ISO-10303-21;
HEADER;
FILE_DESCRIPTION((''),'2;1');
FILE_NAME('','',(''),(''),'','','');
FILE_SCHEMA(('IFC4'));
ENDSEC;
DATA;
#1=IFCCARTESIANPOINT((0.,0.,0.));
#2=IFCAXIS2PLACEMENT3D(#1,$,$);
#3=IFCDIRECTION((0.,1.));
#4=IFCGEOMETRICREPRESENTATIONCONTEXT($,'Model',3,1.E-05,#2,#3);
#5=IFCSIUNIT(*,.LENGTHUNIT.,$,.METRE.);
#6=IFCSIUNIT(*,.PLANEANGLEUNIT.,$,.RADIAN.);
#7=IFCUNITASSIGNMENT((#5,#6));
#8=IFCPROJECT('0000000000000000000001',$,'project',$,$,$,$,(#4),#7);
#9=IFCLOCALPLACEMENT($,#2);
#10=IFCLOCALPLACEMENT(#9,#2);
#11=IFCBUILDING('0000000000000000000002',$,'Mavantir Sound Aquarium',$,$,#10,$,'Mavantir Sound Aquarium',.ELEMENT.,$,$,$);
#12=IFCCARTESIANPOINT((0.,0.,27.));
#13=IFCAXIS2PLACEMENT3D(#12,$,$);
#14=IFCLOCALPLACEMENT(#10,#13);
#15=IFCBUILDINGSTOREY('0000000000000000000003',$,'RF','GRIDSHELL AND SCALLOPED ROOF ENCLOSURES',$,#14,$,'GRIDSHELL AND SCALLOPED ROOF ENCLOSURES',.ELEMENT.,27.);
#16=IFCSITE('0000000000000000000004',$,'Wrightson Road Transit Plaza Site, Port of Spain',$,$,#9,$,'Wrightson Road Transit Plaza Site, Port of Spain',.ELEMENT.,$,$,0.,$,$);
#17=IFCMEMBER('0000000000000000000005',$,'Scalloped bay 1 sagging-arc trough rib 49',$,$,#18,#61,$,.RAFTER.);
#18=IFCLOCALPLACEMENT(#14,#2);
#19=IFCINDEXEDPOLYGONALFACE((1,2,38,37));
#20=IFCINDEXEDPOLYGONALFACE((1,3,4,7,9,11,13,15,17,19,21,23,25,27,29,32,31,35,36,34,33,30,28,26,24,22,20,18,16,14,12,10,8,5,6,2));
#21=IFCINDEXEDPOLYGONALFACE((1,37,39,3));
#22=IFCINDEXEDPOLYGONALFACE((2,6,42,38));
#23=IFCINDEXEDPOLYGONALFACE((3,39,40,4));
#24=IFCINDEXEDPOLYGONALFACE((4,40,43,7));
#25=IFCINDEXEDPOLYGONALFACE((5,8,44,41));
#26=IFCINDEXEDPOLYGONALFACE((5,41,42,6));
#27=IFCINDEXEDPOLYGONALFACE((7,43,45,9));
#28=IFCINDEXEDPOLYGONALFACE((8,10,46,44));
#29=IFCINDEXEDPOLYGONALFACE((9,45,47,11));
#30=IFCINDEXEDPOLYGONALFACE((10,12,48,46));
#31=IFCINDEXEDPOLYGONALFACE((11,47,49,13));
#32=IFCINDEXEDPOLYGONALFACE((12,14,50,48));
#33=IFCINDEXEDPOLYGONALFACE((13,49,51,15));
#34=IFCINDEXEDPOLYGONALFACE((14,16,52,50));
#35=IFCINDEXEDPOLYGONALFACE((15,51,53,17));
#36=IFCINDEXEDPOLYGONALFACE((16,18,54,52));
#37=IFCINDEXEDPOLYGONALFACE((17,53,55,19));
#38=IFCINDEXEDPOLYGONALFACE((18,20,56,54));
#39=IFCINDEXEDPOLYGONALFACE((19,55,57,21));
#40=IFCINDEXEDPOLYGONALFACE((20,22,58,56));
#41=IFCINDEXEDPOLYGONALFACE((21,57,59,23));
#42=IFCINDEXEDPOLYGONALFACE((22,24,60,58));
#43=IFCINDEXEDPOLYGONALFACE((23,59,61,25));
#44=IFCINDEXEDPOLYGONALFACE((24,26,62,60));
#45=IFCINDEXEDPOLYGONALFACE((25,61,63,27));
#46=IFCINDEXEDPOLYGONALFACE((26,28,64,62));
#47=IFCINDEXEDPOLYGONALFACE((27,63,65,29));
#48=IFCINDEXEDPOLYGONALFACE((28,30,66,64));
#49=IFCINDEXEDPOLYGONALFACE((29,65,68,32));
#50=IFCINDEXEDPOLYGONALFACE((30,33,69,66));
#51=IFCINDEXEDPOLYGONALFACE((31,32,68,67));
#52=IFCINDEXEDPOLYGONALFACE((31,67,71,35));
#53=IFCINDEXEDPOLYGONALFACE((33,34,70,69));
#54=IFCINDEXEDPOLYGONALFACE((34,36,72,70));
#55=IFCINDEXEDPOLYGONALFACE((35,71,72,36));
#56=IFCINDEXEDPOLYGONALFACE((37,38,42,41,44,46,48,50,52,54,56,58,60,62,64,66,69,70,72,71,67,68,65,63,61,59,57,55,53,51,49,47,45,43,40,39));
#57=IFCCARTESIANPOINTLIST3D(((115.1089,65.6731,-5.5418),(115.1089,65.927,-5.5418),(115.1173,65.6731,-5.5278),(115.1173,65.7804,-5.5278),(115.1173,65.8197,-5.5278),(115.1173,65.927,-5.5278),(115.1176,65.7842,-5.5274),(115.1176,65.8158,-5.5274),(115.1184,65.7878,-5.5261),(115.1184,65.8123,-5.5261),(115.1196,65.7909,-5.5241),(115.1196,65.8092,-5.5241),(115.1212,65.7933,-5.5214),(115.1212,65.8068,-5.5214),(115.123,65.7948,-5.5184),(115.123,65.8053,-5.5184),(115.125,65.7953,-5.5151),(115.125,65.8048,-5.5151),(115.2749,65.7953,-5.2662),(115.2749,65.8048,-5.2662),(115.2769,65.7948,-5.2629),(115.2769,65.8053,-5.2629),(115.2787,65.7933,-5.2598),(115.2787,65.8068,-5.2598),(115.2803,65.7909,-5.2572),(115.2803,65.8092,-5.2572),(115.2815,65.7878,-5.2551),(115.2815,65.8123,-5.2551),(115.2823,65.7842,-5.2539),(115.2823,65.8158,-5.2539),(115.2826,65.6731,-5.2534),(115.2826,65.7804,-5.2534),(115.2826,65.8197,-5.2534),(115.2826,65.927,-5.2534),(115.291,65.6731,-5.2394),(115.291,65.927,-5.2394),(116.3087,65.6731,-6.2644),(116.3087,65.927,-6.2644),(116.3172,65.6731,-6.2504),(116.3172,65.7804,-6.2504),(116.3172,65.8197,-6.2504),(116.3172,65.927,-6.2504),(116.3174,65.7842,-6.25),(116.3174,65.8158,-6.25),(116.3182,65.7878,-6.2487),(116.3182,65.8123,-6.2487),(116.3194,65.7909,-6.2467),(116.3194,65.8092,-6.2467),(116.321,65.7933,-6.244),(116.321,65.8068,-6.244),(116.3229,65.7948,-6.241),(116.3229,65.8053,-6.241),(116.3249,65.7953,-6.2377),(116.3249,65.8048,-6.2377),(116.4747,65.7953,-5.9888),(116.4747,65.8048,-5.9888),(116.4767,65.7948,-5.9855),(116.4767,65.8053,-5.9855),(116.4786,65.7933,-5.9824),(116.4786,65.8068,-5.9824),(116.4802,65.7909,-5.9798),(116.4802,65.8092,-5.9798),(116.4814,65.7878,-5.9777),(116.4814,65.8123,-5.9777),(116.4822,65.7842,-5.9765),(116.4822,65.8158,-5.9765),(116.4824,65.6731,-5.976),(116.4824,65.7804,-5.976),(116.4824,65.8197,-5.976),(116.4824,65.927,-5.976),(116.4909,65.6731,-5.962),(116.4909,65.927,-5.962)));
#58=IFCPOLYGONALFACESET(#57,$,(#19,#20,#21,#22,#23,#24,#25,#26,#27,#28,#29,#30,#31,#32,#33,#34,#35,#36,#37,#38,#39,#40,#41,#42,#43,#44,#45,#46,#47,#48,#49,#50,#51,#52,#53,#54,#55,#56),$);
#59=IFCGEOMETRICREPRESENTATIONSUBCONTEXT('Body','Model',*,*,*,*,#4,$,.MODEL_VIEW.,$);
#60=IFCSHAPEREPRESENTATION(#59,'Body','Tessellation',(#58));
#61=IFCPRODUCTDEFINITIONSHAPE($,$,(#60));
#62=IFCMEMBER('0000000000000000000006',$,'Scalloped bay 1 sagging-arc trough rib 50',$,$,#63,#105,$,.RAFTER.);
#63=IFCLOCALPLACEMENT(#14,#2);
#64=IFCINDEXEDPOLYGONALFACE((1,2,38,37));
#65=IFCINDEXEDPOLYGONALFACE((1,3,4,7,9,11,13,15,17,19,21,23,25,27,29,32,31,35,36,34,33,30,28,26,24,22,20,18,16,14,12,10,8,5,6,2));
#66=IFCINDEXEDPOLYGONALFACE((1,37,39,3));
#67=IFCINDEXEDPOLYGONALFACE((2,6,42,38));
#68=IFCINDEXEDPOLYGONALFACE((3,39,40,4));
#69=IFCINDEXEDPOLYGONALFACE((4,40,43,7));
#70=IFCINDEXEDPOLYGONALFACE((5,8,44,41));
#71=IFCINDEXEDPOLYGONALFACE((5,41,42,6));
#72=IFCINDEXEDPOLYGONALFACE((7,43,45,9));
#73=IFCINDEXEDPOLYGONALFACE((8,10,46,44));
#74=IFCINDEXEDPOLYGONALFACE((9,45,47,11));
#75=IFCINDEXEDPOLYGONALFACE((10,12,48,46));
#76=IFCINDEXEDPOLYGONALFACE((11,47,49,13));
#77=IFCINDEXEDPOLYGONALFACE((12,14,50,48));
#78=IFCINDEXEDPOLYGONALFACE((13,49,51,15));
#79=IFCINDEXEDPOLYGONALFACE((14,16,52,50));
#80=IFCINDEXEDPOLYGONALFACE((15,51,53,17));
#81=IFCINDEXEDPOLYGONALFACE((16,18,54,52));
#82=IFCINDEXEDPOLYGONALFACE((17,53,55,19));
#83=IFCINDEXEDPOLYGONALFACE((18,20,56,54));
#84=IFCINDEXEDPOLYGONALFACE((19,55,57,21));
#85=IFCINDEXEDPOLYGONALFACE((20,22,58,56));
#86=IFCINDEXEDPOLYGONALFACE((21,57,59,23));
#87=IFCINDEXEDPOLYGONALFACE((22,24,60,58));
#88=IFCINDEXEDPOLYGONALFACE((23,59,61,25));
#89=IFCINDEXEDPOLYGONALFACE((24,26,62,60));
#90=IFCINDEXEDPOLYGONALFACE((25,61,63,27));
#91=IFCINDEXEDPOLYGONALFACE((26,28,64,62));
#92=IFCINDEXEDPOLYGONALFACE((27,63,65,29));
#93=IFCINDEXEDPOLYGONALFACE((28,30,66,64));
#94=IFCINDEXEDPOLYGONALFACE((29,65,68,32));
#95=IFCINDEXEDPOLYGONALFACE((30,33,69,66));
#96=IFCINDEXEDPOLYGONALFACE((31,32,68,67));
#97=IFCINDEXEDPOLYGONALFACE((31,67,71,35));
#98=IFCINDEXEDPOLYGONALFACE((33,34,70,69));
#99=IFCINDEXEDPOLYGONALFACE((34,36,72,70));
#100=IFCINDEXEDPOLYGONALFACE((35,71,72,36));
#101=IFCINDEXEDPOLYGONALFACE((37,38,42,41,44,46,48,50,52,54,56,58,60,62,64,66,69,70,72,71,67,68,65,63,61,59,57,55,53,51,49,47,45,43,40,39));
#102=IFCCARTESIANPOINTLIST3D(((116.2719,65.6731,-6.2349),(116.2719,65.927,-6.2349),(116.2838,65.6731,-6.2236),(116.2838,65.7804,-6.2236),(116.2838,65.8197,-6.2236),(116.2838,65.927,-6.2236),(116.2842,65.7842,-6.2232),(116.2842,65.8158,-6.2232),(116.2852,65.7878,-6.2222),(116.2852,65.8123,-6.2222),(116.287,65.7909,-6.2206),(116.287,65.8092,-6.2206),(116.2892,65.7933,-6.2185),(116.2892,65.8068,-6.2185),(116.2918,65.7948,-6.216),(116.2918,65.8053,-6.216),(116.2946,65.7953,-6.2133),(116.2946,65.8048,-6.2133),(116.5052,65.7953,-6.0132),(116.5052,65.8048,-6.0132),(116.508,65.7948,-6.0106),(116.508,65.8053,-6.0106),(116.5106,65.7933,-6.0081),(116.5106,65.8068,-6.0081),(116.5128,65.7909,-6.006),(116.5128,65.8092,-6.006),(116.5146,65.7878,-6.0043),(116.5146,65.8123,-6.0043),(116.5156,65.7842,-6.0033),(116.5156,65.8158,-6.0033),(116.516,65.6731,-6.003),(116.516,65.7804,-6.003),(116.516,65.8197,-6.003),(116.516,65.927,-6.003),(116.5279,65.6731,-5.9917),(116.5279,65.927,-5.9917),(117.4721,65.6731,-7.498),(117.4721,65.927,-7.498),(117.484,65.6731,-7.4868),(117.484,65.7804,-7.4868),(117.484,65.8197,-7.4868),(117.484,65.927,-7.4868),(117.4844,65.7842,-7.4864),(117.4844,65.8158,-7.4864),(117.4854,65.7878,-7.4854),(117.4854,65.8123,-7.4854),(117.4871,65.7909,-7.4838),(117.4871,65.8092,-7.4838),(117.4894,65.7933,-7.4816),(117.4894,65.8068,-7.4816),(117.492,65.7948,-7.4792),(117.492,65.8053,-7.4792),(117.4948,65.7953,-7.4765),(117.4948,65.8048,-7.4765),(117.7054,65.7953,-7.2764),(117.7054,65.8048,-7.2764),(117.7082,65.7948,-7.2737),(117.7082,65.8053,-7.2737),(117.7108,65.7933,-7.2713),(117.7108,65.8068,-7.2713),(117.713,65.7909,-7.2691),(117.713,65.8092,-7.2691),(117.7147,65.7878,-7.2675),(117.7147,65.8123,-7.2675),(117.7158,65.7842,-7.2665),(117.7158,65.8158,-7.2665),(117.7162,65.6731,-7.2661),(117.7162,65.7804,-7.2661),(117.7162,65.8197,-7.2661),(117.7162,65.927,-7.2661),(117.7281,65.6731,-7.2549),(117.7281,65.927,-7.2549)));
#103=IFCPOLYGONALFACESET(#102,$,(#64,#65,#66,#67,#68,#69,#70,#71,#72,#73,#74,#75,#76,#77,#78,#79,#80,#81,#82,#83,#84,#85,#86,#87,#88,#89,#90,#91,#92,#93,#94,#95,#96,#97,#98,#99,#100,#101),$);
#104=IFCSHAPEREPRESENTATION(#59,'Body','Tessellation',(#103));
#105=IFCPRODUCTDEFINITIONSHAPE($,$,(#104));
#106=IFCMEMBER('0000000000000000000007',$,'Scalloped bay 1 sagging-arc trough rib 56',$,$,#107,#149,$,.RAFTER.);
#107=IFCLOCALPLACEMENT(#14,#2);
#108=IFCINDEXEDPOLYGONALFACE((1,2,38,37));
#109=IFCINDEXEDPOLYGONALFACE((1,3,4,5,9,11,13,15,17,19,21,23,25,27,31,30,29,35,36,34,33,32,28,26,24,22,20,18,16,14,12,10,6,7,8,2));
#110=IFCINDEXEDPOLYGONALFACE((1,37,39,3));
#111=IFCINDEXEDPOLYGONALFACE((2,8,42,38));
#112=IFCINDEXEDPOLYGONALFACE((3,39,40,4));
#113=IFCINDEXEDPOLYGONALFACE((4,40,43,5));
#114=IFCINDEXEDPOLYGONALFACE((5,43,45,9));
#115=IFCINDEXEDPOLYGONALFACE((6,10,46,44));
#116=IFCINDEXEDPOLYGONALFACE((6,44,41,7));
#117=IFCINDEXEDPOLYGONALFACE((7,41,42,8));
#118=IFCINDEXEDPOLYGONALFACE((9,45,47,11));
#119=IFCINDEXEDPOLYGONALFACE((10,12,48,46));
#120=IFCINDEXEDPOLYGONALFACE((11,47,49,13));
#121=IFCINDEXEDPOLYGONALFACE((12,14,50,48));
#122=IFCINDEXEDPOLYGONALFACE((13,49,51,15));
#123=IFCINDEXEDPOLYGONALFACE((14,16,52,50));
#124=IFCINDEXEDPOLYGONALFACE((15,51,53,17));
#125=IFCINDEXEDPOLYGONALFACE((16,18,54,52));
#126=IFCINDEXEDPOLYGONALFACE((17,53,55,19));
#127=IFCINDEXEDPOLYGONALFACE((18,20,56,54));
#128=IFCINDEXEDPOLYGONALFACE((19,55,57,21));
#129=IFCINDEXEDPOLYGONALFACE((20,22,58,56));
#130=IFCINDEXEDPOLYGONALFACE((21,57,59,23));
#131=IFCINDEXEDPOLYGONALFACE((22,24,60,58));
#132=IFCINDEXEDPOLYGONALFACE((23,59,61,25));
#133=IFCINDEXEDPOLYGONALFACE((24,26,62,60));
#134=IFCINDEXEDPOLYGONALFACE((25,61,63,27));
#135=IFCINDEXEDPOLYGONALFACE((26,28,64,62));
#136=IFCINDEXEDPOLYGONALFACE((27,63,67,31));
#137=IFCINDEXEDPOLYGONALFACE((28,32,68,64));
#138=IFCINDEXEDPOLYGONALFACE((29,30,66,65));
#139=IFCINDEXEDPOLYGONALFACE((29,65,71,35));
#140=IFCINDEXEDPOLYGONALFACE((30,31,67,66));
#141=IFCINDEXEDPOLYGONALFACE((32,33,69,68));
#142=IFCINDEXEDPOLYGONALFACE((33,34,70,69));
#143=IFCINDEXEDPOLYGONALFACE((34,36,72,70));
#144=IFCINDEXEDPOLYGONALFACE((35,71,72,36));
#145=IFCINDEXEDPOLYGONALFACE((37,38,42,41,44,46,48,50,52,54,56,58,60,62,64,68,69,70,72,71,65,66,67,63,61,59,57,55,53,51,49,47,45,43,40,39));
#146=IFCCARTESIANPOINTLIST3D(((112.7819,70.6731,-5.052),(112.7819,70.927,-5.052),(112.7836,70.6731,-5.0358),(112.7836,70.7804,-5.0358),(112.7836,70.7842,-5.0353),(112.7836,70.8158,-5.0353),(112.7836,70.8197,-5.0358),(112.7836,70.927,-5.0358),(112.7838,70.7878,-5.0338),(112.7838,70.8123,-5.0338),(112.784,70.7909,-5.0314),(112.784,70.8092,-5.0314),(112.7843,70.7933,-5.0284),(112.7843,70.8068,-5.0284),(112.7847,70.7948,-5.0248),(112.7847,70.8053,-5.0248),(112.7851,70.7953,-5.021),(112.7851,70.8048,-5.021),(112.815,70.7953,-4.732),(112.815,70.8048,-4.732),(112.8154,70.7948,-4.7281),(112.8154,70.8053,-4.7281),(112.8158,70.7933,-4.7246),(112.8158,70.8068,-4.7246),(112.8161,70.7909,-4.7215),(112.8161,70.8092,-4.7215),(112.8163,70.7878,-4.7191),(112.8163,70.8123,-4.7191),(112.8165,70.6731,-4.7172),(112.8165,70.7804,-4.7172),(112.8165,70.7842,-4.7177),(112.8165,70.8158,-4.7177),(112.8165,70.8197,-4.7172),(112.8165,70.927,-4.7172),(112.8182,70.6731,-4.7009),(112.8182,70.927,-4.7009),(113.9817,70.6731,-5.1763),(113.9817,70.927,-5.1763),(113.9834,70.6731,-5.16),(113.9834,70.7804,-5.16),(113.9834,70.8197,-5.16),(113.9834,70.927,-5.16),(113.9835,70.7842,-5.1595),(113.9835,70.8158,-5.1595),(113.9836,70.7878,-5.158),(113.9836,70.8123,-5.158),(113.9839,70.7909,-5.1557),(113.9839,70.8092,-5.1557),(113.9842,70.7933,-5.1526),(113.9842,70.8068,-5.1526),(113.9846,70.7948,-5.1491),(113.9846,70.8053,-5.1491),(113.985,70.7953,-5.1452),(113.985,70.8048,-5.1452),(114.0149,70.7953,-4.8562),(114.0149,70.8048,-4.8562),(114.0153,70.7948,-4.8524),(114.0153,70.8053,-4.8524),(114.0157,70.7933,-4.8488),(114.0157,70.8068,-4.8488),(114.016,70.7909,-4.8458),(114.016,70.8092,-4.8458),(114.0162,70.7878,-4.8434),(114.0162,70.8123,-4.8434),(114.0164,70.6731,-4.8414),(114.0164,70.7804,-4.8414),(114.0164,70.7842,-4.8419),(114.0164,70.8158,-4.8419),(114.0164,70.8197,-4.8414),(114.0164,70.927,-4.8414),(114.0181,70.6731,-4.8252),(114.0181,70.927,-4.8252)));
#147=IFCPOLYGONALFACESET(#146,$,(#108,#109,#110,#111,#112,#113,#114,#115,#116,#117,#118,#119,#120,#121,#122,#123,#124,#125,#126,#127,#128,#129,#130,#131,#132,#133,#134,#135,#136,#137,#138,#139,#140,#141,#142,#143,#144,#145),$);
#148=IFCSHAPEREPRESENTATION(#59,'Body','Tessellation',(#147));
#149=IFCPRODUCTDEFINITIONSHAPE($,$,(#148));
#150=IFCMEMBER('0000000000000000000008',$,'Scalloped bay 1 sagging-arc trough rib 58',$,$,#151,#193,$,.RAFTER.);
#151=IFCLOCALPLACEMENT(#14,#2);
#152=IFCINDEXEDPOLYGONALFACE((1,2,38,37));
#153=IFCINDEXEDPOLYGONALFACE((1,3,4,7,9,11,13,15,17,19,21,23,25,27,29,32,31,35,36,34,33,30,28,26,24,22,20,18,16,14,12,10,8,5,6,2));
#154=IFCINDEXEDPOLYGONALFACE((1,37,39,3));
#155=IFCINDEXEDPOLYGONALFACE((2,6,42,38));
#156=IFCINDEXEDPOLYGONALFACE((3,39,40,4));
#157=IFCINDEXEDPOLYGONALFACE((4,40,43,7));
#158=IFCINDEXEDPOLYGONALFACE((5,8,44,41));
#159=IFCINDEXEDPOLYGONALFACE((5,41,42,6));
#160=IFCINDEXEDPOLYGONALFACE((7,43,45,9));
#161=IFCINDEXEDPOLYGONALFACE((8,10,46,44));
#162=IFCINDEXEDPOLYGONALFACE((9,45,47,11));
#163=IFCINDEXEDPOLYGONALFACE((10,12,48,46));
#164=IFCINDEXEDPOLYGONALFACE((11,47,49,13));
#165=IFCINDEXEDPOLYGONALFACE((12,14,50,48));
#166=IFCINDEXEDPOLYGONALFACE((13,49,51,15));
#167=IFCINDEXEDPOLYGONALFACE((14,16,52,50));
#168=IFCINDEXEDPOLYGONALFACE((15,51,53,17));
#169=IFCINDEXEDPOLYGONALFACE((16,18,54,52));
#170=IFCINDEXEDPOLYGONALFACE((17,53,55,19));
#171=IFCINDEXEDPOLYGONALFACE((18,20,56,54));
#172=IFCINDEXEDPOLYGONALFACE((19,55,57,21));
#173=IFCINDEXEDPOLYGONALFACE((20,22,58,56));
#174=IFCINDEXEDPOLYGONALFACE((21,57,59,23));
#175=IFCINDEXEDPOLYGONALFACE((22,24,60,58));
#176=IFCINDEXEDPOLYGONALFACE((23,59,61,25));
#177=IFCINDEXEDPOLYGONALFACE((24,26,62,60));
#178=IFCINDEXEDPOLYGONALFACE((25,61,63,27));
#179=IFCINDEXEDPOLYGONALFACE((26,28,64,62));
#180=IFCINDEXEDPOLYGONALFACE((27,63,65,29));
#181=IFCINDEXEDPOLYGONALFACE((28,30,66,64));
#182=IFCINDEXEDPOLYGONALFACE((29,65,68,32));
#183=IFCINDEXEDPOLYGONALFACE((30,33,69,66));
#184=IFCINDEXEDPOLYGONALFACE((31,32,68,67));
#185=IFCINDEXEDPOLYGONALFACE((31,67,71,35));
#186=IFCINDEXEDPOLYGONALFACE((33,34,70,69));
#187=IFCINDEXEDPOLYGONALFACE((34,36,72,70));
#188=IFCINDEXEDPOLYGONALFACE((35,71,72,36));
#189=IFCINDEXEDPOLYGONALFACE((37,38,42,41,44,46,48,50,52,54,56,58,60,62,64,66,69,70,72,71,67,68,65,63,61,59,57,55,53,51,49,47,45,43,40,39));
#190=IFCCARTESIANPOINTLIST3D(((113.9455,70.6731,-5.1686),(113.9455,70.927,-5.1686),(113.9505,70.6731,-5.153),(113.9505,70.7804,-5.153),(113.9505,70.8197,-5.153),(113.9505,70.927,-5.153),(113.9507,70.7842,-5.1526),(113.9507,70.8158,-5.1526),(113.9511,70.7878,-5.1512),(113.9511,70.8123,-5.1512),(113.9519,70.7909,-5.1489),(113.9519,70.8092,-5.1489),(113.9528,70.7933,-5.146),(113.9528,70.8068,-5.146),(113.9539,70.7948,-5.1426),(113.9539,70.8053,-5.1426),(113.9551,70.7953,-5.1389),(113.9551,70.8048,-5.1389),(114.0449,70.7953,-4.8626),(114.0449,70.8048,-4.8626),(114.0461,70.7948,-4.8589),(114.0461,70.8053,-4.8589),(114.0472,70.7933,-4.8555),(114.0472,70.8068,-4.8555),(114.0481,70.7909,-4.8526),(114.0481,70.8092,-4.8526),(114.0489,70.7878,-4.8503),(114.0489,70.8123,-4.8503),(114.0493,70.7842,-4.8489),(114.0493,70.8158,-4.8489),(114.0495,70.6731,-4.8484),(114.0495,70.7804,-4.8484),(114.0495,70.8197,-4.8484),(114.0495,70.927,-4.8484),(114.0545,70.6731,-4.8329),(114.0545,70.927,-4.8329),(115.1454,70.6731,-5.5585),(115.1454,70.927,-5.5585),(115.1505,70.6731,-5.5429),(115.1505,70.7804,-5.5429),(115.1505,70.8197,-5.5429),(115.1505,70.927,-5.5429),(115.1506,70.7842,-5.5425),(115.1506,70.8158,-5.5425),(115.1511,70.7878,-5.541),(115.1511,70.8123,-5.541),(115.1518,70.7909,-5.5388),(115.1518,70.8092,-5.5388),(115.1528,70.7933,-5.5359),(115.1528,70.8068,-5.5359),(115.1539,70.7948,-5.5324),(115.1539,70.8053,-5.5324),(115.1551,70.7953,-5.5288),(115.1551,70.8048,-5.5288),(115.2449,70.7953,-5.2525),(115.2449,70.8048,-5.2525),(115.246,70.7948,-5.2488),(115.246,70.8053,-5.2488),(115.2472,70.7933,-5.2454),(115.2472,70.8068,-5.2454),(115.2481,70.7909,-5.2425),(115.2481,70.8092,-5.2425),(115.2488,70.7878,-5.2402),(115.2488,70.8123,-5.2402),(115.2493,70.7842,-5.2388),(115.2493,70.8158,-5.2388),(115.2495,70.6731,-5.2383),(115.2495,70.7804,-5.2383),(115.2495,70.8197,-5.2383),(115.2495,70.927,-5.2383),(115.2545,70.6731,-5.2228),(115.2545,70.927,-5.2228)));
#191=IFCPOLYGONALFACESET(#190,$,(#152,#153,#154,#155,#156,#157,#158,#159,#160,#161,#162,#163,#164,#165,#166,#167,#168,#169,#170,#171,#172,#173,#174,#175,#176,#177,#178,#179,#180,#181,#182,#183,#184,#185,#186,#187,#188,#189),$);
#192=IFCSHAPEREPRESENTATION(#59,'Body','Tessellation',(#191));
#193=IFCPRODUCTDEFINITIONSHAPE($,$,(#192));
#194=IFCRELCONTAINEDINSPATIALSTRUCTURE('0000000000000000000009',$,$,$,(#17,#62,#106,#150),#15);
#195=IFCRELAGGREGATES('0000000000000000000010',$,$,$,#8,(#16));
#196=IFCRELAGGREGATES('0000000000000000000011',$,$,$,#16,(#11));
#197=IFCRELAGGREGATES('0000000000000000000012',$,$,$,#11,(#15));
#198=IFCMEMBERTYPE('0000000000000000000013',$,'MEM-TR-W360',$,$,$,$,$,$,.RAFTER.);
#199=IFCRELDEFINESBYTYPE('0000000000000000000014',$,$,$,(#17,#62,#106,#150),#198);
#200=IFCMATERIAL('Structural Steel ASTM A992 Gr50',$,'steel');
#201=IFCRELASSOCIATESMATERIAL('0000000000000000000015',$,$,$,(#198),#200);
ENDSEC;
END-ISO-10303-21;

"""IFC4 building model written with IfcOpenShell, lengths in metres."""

from ifc_helpers import new_model, si_unit, direction, frame, origin, origin_2d, place, context, subcontext, project, spatial, i_section, extrude, material, material_profile, profile_set, type_object, element, save


model = new_model("IFC4")

# Units and contexts
model_context = context("Model", 3, precision=1e-05, world=origin(), true_north=direction((0.0, 1.0)))
body_context = subcontext(model_context, "Body", "Model", "MODEL_VIEW")
ifc_project = project(units=[si_unit("LENGTHUNIT", "METRE"), si_unit("PLANEANGLEUNIT", "RADIAN")], contexts=[model_context])

# Site, building, storey
site_placement = place(None, origin())
site = spatial("IfcSite", under=ifc_project, at=site_placement, Name="Wrightson Road Transit Plaza Site, Port of Spain", LongName="Wrightson Road Transit Plaza Site, Port of Spain", CompositionType="ELEMENT", RefElevation=0.0)
building_placement = place(site_placement, origin())
building = spatial("IfcBuilding", under=site, at=building_placement, Name="Mavantir Sound Aquarium", LongName="Mavantir Sound Aquarium", CompositionType="ELEMENT")
storey_placement = place(building_placement, frame((0.0, 0.0, 27.0)))
storey = spatial("IfcBuildingStorey", under=building, at=storey_placement, Name="RF", Description="GRIDSHELL AND SCALLOPED ROOF ENCLOSURES", LongName="GRIDSHELL AND SCALLOPED ROOF ENCLOSURES", CompositionType="ELEMENT", Elevation=27.0)

# Shared definitions
ifc_material_1 = material(Name="Structural Steel ASTM A992 Gr50", Category="steel")

# Members
ifc_material_profile_1 = material_profile(ifc_material_1, i_section(OverallWidth=0.2539, OverallDepth=0.353, WebThickness=0.0095, FlangeThickness=0.0164, FilletRadius=0.0149, at=origin_2d()), Name="W360X91")
ifc_profile_set_1 = profile_set([ifc_material_profile_1], Name="Structural Steel ASTM A992 Gr50")
member_type_1 = type_object("IfcMemberType", Name="MEM-TR-W360", PredefinedType="RAFTER", material=ifc_profile_set_1)
member_1_placement = place(storey_placement, frame((115.2, 65.8, -5.3906), z_axis=(0.856646, 0.0, -0.515905), x_axis=(0.0, 1.0, 0.0)))
element("IfcMember", 1, at=member_1_placement, inside=storey, type_object=member_type_1, Name="Scalloped bay 1 sagging-arc trough rib 49", PredefinedType="RAFTER", context=body_context, shape_type="SweptSolid", body=[
    extrude(i_section(OverallWidth=0.2539, OverallDepth=0.353, WebThickness=0.0095, FlangeThickness=0.0164, FilletRadius=0.0149, at=origin_2d()), origin(), (0.0, 0.0, 1.0), 1.4006),
])
member_2_placement = place(storey_placement, frame((116.3999, 65.8, -6.1133), z_axis=(0.688801, 0.0, -0.72495), x_axis=(0.0, 1.0, 0.0)))
element("IfcMember", 2, at=member_2_placement, inside=storey, type_object=member_type_1, Name="Scalloped bay 1 sagging-arc trough rib 50", PredefinedType="RAFTER", context=body_context, shape_type="SweptSolid", body=[
    extrude(i_section(OverallWidth=0.2539, OverallDepth=0.353, WebThickness=0.0095, FlangeThickness=0.0164, FilletRadius=0.0149, at=origin_2d()), origin(), (0.0, 0.0, 1.0), 1.7424),
])
member_3_placement = place(storey_placement, frame((112.8, 70.8, -4.8765), z_axis=(0.99468, 0.0, -0.10301), x_axis=(0.0, 1.0, 0.0)))
element("IfcMember", 3, at=member_3_placement, inside=storey, type_object=member_type_1, Name="Scalloped bay 1 sagging-arc trough rib 56", PredefinedType="RAFTER", context=body_context, shape_type="SweptSolid", body=[
    extrude(i_section(OverallWidth=0.2539, OverallDepth=0.353, WebThickness=0.0095, FlangeThickness=0.0164, FilletRadius=0.0149, at=origin_2d()), origin(), (0.0, 0.0, 1.0), 1.2063),
])
member_4_placement = place(storey_placement, frame((114.0, 70.8, -5.0007), z_axis=(0.951055, 0.0, -0.30902), x_axis=(0.0, 1.0, 0.0)))
element("IfcMember", 4, at=member_4_placement, inside=storey, type_object=member_type_1, Name="Scalloped bay 1 sagging-arc trough rib 58", PredefinedType="RAFTER", context=body_context, shape_type="SweptSolid", body=[
    extrude(i_section(OverallWidth=0.2539, OverallDepth=0.353, WebThickness=0.0095, FlangeThickness=0.0164, FilletRadius=0.0149, at=origin_2d()), origin(), (0.0, 0.0, 1.0), 1.2617),
])

save(model, "model.ifc")
